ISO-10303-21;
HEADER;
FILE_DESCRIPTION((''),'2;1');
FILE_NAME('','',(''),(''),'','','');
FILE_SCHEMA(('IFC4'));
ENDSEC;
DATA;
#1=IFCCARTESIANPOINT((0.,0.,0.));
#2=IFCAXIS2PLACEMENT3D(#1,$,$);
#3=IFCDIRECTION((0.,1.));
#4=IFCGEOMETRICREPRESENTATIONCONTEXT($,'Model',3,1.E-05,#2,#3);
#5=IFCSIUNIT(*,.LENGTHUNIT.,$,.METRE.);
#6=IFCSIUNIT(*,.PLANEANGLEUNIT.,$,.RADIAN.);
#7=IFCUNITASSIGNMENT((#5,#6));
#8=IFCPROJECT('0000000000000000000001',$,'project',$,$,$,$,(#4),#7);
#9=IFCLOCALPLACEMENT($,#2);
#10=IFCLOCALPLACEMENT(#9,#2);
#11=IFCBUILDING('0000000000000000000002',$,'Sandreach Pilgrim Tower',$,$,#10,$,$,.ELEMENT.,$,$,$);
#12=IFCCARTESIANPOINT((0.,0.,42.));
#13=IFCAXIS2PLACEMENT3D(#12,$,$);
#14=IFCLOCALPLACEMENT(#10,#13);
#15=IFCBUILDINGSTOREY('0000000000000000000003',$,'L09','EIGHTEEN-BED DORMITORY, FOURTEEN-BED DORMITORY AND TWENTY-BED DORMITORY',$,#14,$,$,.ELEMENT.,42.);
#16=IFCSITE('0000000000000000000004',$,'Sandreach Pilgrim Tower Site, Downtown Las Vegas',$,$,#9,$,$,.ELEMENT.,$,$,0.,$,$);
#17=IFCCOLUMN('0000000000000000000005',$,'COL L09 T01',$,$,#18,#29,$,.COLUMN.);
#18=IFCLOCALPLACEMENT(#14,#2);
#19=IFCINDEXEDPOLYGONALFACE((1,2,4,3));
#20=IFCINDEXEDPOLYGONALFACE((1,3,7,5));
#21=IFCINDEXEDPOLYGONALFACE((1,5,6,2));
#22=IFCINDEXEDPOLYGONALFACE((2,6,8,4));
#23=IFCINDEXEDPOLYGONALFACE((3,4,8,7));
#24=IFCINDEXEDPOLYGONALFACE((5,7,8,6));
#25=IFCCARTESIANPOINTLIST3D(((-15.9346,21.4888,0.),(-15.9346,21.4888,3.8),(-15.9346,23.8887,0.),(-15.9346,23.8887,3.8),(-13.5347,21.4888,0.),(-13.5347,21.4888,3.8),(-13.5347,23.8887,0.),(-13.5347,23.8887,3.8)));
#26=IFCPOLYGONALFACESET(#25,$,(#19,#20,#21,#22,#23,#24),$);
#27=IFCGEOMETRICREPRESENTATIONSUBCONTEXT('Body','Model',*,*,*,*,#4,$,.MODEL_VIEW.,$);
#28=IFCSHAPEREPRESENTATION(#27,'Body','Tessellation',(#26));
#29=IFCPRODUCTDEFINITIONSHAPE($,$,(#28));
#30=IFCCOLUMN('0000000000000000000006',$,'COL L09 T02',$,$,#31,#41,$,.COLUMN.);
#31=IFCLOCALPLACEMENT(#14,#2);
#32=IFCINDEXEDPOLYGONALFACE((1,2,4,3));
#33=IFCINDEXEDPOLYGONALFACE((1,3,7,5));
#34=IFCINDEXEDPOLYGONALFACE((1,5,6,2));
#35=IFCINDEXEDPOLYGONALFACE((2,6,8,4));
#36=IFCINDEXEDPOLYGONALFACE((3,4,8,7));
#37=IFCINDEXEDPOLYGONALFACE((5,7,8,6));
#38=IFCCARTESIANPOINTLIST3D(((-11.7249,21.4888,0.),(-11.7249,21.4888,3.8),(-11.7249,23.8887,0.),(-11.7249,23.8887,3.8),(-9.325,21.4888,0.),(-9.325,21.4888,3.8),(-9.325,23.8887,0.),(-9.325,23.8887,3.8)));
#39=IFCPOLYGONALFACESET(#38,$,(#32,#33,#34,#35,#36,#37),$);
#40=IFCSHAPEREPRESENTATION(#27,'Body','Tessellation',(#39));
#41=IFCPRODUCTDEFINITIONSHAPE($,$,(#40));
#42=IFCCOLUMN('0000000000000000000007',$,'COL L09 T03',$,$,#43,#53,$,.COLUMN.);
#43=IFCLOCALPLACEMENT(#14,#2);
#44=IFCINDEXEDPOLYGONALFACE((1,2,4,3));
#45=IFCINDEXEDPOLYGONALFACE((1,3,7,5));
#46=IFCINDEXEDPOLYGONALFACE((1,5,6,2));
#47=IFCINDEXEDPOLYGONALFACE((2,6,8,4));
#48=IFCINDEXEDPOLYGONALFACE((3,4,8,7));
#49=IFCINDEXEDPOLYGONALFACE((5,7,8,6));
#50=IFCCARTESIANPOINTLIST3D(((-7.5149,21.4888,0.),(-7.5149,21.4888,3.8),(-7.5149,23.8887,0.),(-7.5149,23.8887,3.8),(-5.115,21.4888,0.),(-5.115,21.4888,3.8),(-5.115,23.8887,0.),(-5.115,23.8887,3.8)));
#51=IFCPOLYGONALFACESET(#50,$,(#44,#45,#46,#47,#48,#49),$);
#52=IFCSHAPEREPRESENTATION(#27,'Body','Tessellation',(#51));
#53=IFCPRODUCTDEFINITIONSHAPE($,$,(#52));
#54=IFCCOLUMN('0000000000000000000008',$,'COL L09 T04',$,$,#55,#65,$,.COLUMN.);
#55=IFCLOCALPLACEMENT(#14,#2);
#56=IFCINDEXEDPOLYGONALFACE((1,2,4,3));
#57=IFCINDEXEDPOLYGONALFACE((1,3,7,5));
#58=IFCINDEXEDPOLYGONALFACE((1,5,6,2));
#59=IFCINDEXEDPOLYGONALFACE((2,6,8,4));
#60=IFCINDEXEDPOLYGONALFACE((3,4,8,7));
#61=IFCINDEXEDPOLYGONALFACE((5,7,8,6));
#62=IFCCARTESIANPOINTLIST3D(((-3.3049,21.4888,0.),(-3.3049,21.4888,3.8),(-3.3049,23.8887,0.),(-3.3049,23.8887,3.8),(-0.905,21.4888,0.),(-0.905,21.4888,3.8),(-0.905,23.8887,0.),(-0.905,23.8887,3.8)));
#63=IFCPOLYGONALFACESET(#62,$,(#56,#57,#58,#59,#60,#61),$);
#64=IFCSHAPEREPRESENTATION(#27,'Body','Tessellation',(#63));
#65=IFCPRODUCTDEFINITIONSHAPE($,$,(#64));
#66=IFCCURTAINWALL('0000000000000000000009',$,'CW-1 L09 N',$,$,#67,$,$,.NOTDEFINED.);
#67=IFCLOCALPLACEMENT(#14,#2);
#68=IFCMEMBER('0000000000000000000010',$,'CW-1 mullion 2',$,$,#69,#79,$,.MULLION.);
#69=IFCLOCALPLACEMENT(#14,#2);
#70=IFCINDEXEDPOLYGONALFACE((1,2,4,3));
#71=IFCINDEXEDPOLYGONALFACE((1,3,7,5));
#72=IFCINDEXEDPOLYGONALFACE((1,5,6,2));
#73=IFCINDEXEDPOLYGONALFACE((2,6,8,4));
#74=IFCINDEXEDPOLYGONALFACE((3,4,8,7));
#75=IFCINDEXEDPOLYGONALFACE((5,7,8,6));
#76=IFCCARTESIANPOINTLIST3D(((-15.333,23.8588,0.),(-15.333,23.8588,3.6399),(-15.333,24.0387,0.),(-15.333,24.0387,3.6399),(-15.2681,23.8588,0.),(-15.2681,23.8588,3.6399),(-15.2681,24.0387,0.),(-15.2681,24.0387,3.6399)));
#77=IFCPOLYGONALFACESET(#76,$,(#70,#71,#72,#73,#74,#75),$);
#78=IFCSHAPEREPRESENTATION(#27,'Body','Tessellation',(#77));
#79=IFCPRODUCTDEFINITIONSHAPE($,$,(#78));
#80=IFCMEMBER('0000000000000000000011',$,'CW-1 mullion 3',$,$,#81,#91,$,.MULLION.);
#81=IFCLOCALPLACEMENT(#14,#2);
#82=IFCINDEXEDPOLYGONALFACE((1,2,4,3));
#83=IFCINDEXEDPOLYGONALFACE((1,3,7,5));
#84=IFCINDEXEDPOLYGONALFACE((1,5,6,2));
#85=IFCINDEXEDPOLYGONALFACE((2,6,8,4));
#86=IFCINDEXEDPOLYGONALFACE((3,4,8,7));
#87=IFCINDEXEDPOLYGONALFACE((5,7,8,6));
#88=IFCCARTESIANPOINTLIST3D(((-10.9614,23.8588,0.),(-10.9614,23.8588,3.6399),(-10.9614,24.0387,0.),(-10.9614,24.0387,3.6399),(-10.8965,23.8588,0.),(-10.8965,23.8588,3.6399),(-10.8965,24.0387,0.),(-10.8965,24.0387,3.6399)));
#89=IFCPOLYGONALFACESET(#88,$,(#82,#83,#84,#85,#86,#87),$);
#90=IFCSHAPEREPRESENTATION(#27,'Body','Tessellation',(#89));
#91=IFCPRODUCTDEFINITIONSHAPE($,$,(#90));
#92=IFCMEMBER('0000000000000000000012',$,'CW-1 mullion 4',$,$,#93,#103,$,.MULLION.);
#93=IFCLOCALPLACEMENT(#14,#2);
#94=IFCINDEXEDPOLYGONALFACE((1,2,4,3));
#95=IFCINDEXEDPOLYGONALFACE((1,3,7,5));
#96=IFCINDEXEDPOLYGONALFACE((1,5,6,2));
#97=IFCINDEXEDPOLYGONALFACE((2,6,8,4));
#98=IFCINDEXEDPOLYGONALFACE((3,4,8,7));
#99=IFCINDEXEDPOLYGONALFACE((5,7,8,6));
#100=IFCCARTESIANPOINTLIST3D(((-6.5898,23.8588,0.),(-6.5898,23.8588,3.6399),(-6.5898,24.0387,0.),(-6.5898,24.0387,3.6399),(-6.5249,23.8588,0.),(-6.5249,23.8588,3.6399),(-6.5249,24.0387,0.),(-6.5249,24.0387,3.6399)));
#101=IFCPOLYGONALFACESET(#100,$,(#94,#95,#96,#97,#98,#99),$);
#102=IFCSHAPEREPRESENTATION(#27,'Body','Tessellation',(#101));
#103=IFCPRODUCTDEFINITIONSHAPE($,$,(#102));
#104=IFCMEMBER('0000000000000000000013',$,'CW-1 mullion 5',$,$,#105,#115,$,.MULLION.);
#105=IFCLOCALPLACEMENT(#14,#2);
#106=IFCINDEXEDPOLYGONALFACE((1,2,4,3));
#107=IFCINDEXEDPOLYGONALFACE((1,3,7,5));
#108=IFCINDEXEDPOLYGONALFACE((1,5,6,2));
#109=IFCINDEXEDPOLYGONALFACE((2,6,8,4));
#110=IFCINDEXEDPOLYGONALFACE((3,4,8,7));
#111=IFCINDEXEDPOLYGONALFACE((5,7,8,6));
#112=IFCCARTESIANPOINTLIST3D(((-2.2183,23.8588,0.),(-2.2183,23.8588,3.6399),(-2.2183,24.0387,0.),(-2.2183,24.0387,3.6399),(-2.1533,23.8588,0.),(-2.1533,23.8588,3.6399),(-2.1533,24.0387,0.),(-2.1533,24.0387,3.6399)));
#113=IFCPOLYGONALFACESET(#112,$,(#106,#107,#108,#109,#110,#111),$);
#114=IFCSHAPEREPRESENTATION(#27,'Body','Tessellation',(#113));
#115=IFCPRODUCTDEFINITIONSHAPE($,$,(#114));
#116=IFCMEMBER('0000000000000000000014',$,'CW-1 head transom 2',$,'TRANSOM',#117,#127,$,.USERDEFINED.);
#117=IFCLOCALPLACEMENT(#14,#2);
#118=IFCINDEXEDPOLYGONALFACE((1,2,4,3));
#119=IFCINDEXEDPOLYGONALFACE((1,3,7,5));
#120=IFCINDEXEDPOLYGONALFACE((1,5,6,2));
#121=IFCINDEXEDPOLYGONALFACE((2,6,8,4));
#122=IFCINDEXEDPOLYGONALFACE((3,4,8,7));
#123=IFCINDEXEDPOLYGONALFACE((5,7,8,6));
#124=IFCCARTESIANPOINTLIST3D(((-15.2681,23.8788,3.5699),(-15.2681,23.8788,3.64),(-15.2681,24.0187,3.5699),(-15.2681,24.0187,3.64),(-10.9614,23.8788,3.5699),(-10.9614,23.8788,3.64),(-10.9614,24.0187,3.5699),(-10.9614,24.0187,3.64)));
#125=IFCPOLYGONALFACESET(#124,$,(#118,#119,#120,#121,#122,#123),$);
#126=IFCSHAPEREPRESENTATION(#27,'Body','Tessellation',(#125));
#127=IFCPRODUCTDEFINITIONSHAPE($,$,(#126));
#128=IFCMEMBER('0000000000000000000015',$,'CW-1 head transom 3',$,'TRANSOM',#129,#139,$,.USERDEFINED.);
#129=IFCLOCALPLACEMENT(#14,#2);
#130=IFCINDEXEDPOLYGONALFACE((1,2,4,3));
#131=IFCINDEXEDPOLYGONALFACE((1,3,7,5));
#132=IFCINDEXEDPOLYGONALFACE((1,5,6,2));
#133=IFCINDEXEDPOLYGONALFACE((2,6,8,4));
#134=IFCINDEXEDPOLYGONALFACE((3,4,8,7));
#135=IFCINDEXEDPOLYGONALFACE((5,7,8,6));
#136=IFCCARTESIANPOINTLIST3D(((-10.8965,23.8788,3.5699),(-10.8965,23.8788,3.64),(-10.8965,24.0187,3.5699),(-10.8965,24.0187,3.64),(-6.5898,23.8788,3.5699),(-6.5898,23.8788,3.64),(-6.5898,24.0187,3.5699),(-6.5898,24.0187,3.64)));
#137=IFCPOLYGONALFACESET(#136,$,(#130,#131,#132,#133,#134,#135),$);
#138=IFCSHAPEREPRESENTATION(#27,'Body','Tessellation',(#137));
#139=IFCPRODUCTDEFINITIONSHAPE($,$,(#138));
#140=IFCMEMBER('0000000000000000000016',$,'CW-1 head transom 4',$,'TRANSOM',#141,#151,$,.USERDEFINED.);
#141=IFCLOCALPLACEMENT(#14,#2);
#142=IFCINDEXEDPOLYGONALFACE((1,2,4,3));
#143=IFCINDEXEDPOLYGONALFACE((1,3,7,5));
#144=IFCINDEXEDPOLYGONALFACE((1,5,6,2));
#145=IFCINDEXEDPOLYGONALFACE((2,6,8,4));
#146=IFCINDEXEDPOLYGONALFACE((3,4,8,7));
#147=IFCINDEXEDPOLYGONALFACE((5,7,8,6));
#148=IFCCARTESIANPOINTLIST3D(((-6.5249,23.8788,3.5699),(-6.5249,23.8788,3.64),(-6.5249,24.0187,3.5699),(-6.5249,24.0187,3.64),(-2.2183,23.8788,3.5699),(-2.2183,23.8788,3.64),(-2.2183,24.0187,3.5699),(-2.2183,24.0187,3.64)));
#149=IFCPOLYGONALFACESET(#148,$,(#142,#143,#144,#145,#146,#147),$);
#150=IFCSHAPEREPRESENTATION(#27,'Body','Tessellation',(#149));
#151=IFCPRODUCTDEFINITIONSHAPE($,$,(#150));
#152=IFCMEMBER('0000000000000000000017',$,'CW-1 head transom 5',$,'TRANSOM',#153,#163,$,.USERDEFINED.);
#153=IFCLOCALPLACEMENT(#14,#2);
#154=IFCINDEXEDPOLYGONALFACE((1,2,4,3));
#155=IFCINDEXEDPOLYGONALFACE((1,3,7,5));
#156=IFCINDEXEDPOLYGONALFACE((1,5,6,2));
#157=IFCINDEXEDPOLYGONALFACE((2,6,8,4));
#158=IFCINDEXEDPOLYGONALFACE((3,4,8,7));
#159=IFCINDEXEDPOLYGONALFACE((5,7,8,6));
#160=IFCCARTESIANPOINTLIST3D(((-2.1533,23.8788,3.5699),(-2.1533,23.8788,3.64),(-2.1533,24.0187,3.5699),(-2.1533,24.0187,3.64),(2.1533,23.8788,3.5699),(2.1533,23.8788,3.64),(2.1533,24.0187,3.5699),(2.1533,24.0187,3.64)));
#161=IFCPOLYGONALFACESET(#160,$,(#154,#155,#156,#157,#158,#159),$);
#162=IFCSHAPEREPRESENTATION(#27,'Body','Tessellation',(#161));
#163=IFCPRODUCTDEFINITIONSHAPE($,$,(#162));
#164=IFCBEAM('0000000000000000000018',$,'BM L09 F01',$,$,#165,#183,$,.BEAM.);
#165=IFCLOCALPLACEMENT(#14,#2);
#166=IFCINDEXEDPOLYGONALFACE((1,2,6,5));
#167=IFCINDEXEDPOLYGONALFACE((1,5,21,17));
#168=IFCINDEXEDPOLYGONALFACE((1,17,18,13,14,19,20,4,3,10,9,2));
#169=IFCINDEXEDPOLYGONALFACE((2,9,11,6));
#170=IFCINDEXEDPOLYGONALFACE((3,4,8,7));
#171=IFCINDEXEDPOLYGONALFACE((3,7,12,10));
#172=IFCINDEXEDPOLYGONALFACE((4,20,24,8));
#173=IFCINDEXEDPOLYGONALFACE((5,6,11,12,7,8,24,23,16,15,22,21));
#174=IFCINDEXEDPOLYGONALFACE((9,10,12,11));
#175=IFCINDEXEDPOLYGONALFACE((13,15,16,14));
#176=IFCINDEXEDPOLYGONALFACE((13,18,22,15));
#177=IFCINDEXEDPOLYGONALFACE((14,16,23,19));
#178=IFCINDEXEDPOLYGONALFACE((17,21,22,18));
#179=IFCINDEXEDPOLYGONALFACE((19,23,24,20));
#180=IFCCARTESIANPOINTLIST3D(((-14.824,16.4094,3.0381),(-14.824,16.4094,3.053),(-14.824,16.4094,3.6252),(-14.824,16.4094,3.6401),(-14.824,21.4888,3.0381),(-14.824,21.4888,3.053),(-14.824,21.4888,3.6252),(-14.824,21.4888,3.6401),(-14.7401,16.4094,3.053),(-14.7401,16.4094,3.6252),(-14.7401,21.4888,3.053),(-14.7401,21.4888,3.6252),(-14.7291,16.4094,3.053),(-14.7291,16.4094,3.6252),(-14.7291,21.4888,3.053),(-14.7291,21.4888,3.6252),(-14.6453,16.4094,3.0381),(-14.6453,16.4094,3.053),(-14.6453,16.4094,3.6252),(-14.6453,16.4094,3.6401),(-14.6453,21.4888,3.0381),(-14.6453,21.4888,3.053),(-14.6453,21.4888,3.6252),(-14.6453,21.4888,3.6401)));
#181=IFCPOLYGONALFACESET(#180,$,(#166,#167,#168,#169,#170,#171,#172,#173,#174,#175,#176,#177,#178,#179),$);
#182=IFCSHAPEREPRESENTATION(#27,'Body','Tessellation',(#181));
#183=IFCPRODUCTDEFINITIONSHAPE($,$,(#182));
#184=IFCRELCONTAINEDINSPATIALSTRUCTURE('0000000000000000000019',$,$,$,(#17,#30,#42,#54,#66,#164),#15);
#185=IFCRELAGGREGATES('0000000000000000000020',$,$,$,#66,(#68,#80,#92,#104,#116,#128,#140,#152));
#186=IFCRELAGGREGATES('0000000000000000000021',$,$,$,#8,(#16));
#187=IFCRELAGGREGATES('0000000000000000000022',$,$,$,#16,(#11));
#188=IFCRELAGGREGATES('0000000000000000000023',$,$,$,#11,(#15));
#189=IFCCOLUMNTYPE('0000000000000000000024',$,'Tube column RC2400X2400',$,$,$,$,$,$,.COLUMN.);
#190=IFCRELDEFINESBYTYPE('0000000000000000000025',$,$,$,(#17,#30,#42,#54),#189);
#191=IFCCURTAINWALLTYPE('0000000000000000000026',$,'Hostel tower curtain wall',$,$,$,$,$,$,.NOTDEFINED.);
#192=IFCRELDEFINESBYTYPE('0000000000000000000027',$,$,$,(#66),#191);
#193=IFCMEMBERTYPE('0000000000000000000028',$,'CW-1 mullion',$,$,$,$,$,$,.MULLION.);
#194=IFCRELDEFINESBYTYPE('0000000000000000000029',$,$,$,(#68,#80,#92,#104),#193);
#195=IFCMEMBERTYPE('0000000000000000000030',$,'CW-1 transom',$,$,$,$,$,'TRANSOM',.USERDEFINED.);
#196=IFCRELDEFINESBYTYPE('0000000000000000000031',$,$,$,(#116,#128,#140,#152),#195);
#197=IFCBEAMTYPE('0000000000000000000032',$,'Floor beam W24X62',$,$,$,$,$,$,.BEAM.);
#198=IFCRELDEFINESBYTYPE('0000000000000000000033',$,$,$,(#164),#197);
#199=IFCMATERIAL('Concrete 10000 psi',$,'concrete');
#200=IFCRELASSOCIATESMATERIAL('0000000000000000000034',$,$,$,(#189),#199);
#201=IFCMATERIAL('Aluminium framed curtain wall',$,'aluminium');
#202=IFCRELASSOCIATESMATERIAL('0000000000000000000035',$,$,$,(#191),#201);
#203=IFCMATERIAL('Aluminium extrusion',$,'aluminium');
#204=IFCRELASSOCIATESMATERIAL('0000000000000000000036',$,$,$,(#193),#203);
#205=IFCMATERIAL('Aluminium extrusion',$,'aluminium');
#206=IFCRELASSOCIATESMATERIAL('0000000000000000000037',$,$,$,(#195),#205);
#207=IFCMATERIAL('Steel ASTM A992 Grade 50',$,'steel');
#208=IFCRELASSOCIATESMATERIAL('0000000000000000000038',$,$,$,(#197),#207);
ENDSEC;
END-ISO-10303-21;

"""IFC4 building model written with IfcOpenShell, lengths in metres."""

from ifc_helpers import new_model, si_unit, direction, frame, origin, origin_2d, place, context, subcontext, project, spatial, rectangle, i_section, extrude, material, material_profile, profile_set, type_object, element, aggregate, save


model = new_model("IFC4")

# Units and contexts
model_context = context("Model", 3, precision=1e-05, world=origin(), true_north=direction((0.0, 1.0)))
body_context = subcontext(model_context, "Body", "Model", "MODEL_VIEW")
ifc_project = project(units=[si_unit("LENGTHUNIT", "METRE"), si_unit("PLANEANGLEUNIT", "RADIAN")], contexts=[model_context])

# Site, building, storey
site_placement = place(None, origin())
site = spatial("IfcSite", under=ifc_project, at=site_placement, Name="Sandreach Pilgrim Tower Site, Downtown Las Vegas", CompositionType="ELEMENT", RefElevation=0.0)
building_placement = place(site_placement, origin())
building = spatial("IfcBuilding", under=site, at=building_placement, Name="Sandreach Pilgrim Tower", CompositionType="ELEMENT")
storey_placement = place(building_placement, frame((0.0, 0.0, 42.0)))
storey = spatial("IfcBuildingStorey", under=building, at=storey_placement, Name="L09", Description="EIGHTEEN-BED DORMITORY, FOURTEEN-BED DORMITORY AND TWENTY-BED DORMITORY", CompositionType="ELEMENT", Elevation=42.0)

# Columns
ifc_material_1 = material(Name="Concrete 10000 psi", Category="concrete")
ifc_material_profile_1 = material_profile(ifc_material_1, rectangle(XDim=2.3999, YDim=2.3999, at=origin_2d()), Name="RC2400X2400")
ifc_profile_set_1 = profile_set([ifc_material_profile_1], Name="Concrete 10000 psi")
column_type = type_object("IfcColumnType", Name="Tube column RC2400X2400", PredefinedType="COLUMN", material=ifc_profile_set_1)
for number, where, z_axis, x_axis, name in (
    (1, (-14.7346, 22.6887, 0.0), (0.0, 0.0, 1.0), (0.0, 1.0, 0.0), "COL L09 T01"),
    (2, (-10.5249, 22.6887, 0.0), (0.0, 0.0, 1.0), (0.0, 1.0, 0.0), "COL L09 T02"),
    (3, (-6.3149, 22.6887, 0.0), (0.0, 0.0, 1.0), (0.0, 1.0, 0.0), "COL L09 T03"),
    (4, (-2.105, 22.6887, 0.0), (0.0, 0.0, 1.0), (0.0, 1.0, 0.0), "COL L09 T04"),
):
    element("IfcColumn", number, at=place(storey_placement, frame(where, z_axis=z_axis, x_axis=x_axis)), inside=storey, type_object=column_type, Name=name, PredefinedType="COLUMN", context=body_context, shape_type="SweptSolid", body=[
        extrude(rectangle(XDim=2.3999, YDim=2.3999, at=origin_2d()), origin(), (0.0, 0.0, 1.0), 3.8),
    ])

# Curtain wall, members
ifc_material_2 = material(Name="Aluminium framed curtain wall", Category="aluminium")
curtain_wall_type = type_object("IfcCurtainWallType", Name="Hostel tower curtain wall", PredefinedType="NOTDEFINED", material=ifc_material_2)
curtain_wall_placement = place(storey_placement, origin())
curtain_wall = element("IfcCurtainWall", 5, at=curtain_wall_placement, inside=storey, type_object=curtain_wall_type, Name="CW-1 L09 N", PredefinedType="NOTDEFINED")
ifc_material_3 = material(Name="Aluminium extrusion", Category="aluminium")
ifc_material_profile_2 = material_profile(ifc_material_3, rectangle(XDim=0.0649, YDim=0.1799, at=origin_2d()), Name="CW-1M 65X180")
ifc_profile_set_2 = profile_set([ifc_material_profile_2], Name="Aluminium extrusion")
member_type_1 = type_object("IfcMemberType", Name="CW-1 mullion", PredefinedType="MULLION", material=ifc_profile_set_2)
member_1_placement = place(storey_placement, frame((-15.3005, 23.9487, 0.0), z_axis=(0.0, 0.0, 1.0), x_axis=(1.0, 0.0, 0.0)))
member_1 = element("IfcMember", 6, at=member_1_placement, type_object=member_type_1, Name="CW-1 mullion 2", PredefinedType="MULLION", context=body_context, shape_type="SweptSolid", body=[
    extrude(rectangle(XDim=0.0649, YDim=0.1799, at=origin_2d()), origin(), (0.0, 0.0, 1.0), 3.6399),
])
member_2_placement = place(storey_placement, frame((-10.929, 23.9487, 0.0), z_axis=(0.0, 0.0, 1.0), x_axis=(1.0, 0.0, 0.0)))
member_2 = element("IfcMember", 7, at=member_2_placement, type_object=member_type_1, Name="CW-1 mullion 3", PredefinedType="MULLION", context=body_context, shape_type="SweptSolid", body=[
    extrude(rectangle(XDim=0.0649, YDim=0.1799, at=origin_2d()), origin(), (0.0, 0.0, 1.0), 3.6399),
])
member_3_placement = place(storey_placement, frame((-6.5574, 23.9487, 0.0), z_axis=(0.0, 0.0, 1.0), x_axis=(1.0, 0.0, 0.0)))
member_3 = element("IfcMember", 8, at=member_3_placement, type_object=member_type_1, Name="CW-1 mullion 4", PredefinedType="MULLION", context=body_context, shape_type="SweptSolid", body=[
    extrude(rectangle(XDim=0.0649, YDim=0.1799, at=origin_2d()), origin(), (0.0, 0.0, 1.0), 3.6399),
])
member_4_placement = place(storey_placement, frame((-2.1858, 23.9487, 0.0), z_axis=(0.0, 0.0, 1.0), x_axis=(1.0, 0.0, 0.0)))
member_4 = element("IfcMember", 9, at=member_4_placement, type_object=member_type_1, Name="CW-1 mullion 5", PredefinedType="MULLION", context=body_context, shape_type="SweptSolid", body=[
    extrude(rectangle(XDim=0.0649, YDim=0.1799, at=origin_2d()), origin(), (0.0, 0.0, 1.0), 3.6399),
])
ifc_material_4 = material(Name="Aluminium extrusion", Category="aluminium")
ifc_material_profile_3 = material_profile(ifc_material_4, rectangle(XDim=0.1399, YDim=0.0701, at=origin_2d()), Name="CW-1T 140X70")
ifc_profile_set_3 = profile_set([ifc_material_profile_3], Name="Aluminium extrusion")
member_type_2 = type_object("IfcMemberType", Name="CW-1 transom", ElementType="TRANSOM", PredefinedType="USERDEFINED", material=ifc_profile_set_3)
member_5_placement = place(storey_placement, frame((-15.2681, 23.9487, 3.605), z_axis=(1.0, 0.0, 0.0), x_axis=(0.0, 1.0, 0.0)))
member_5 = element("IfcMember", 10, at=member_5_placement, type_object=member_type_2, Name="CW-1 head transom 2", ObjectType="TRANSOM", PredefinedType="USERDEFINED", context=body_context, shape_type="SweptSolid", body=[
    extrude(rectangle(XDim=0.1399, YDim=0.0701, at=origin_2d()), origin(), (0.0, 0.0, 1.0), 4.3066),
])
member_6_placement = place(storey_placement, frame((-10.8965, 23.9487, 3.605), z_axis=(1.0, 0.0, 0.0), x_axis=(0.0, 1.0, 0.0)))
member_6 = element("IfcMember", 11, at=member_6_placement, type_object=member_type_2, Name="CW-1 head transom 3", ObjectType="TRANSOM", PredefinedType="USERDEFINED", context=body_context, shape_type="SweptSolid", body=[
    extrude(rectangle(XDim=0.1399, YDim=0.0701, at=origin_2d()), origin(), (0.0, 0.0, 1.0), 4.3066),
])
member_7_placement = place(storey_placement, frame((-6.5249, 23.9487, 3.605), z_axis=(1.0, 0.0, 0.0), x_axis=(0.0, 1.0, 0.0)))
member_7 = element("IfcMember", 12, at=member_7_placement, type_object=member_type_2, Name="CW-1 head transom 4", ObjectType="TRANSOM", PredefinedType="USERDEFINED", context=body_context, shape_type="SweptSolid", body=[
    extrude(rectangle(XDim=0.1399, YDim=0.0701, at=origin_2d()), origin(), (0.0, 0.0, 1.0), 4.3066),
])
member_8_placement = place(storey_placement, frame((-2.1533, 23.9487, 3.605), z_axis=(1.0, 0.0, 0.0), x_axis=(0.0, 1.0, 0.0)))
member_8 = element("IfcMember", 13, at=member_8_placement, type_object=member_type_2, Name="CW-1 head transom 5", ObjectType="TRANSOM", PredefinedType="USERDEFINED", context=body_context, shape_type="SweptSolid", body=[
    extrude(rectangle(XDim=0.1399, YDim=0.0701, at=origin_2d()), origin(), (0.0, 0.0, 1.0), 4.3066),
])

# Beam
ifc_material_5 = material(Name="Steel ASTM A992 Grade 50", Category="steel")
ifc_material_profile_4 = material_profile(ifc_material_5, i_section(OverallWidth=0.1787, OverallDepth=0.6021, WebThickness=0.011, FlangeThickness=0.0149, at=origin_2d()), Name="W24X62")
ifc_profile_set_4 = profile_set([ifc_material_profile_4], Name="Steel ASTM A992 Grade 50")
beam_type_1 = type_object("IfcBeamType", Name="Floor beam W24X62", PredefinedType="BEAM", material=ifc_profile_set_4)
beam_1_placement = place(storey_placement, frame((-14.7346, 21.4888, 3.3391), z_axis=(0.0, -1.0, 0.0), x_axis=(1.0, 0.0, 0.0)))
element("IfcBeam", 14, at=beam_1_placement, inside=storey, type_object=beam_type_1, Name="BM L09 F01", PredefinedType="BEAM", context=body_context, shape_type="SweptSolid", body=[
    extrude(i_section(OverallWidth=0.1787, OverallDepth=0.6021, WebThickness=0.011, FlangeThickness=0.0149, at=origin_2d()), origin(), (0.0, 0.0, 1.0), 5.0793),
])

aggregate(curtain_wall, [member_1, member_2, member_3, member_4, member_5, member_6, member_7, member_8])

save(model, "model.ifc")
